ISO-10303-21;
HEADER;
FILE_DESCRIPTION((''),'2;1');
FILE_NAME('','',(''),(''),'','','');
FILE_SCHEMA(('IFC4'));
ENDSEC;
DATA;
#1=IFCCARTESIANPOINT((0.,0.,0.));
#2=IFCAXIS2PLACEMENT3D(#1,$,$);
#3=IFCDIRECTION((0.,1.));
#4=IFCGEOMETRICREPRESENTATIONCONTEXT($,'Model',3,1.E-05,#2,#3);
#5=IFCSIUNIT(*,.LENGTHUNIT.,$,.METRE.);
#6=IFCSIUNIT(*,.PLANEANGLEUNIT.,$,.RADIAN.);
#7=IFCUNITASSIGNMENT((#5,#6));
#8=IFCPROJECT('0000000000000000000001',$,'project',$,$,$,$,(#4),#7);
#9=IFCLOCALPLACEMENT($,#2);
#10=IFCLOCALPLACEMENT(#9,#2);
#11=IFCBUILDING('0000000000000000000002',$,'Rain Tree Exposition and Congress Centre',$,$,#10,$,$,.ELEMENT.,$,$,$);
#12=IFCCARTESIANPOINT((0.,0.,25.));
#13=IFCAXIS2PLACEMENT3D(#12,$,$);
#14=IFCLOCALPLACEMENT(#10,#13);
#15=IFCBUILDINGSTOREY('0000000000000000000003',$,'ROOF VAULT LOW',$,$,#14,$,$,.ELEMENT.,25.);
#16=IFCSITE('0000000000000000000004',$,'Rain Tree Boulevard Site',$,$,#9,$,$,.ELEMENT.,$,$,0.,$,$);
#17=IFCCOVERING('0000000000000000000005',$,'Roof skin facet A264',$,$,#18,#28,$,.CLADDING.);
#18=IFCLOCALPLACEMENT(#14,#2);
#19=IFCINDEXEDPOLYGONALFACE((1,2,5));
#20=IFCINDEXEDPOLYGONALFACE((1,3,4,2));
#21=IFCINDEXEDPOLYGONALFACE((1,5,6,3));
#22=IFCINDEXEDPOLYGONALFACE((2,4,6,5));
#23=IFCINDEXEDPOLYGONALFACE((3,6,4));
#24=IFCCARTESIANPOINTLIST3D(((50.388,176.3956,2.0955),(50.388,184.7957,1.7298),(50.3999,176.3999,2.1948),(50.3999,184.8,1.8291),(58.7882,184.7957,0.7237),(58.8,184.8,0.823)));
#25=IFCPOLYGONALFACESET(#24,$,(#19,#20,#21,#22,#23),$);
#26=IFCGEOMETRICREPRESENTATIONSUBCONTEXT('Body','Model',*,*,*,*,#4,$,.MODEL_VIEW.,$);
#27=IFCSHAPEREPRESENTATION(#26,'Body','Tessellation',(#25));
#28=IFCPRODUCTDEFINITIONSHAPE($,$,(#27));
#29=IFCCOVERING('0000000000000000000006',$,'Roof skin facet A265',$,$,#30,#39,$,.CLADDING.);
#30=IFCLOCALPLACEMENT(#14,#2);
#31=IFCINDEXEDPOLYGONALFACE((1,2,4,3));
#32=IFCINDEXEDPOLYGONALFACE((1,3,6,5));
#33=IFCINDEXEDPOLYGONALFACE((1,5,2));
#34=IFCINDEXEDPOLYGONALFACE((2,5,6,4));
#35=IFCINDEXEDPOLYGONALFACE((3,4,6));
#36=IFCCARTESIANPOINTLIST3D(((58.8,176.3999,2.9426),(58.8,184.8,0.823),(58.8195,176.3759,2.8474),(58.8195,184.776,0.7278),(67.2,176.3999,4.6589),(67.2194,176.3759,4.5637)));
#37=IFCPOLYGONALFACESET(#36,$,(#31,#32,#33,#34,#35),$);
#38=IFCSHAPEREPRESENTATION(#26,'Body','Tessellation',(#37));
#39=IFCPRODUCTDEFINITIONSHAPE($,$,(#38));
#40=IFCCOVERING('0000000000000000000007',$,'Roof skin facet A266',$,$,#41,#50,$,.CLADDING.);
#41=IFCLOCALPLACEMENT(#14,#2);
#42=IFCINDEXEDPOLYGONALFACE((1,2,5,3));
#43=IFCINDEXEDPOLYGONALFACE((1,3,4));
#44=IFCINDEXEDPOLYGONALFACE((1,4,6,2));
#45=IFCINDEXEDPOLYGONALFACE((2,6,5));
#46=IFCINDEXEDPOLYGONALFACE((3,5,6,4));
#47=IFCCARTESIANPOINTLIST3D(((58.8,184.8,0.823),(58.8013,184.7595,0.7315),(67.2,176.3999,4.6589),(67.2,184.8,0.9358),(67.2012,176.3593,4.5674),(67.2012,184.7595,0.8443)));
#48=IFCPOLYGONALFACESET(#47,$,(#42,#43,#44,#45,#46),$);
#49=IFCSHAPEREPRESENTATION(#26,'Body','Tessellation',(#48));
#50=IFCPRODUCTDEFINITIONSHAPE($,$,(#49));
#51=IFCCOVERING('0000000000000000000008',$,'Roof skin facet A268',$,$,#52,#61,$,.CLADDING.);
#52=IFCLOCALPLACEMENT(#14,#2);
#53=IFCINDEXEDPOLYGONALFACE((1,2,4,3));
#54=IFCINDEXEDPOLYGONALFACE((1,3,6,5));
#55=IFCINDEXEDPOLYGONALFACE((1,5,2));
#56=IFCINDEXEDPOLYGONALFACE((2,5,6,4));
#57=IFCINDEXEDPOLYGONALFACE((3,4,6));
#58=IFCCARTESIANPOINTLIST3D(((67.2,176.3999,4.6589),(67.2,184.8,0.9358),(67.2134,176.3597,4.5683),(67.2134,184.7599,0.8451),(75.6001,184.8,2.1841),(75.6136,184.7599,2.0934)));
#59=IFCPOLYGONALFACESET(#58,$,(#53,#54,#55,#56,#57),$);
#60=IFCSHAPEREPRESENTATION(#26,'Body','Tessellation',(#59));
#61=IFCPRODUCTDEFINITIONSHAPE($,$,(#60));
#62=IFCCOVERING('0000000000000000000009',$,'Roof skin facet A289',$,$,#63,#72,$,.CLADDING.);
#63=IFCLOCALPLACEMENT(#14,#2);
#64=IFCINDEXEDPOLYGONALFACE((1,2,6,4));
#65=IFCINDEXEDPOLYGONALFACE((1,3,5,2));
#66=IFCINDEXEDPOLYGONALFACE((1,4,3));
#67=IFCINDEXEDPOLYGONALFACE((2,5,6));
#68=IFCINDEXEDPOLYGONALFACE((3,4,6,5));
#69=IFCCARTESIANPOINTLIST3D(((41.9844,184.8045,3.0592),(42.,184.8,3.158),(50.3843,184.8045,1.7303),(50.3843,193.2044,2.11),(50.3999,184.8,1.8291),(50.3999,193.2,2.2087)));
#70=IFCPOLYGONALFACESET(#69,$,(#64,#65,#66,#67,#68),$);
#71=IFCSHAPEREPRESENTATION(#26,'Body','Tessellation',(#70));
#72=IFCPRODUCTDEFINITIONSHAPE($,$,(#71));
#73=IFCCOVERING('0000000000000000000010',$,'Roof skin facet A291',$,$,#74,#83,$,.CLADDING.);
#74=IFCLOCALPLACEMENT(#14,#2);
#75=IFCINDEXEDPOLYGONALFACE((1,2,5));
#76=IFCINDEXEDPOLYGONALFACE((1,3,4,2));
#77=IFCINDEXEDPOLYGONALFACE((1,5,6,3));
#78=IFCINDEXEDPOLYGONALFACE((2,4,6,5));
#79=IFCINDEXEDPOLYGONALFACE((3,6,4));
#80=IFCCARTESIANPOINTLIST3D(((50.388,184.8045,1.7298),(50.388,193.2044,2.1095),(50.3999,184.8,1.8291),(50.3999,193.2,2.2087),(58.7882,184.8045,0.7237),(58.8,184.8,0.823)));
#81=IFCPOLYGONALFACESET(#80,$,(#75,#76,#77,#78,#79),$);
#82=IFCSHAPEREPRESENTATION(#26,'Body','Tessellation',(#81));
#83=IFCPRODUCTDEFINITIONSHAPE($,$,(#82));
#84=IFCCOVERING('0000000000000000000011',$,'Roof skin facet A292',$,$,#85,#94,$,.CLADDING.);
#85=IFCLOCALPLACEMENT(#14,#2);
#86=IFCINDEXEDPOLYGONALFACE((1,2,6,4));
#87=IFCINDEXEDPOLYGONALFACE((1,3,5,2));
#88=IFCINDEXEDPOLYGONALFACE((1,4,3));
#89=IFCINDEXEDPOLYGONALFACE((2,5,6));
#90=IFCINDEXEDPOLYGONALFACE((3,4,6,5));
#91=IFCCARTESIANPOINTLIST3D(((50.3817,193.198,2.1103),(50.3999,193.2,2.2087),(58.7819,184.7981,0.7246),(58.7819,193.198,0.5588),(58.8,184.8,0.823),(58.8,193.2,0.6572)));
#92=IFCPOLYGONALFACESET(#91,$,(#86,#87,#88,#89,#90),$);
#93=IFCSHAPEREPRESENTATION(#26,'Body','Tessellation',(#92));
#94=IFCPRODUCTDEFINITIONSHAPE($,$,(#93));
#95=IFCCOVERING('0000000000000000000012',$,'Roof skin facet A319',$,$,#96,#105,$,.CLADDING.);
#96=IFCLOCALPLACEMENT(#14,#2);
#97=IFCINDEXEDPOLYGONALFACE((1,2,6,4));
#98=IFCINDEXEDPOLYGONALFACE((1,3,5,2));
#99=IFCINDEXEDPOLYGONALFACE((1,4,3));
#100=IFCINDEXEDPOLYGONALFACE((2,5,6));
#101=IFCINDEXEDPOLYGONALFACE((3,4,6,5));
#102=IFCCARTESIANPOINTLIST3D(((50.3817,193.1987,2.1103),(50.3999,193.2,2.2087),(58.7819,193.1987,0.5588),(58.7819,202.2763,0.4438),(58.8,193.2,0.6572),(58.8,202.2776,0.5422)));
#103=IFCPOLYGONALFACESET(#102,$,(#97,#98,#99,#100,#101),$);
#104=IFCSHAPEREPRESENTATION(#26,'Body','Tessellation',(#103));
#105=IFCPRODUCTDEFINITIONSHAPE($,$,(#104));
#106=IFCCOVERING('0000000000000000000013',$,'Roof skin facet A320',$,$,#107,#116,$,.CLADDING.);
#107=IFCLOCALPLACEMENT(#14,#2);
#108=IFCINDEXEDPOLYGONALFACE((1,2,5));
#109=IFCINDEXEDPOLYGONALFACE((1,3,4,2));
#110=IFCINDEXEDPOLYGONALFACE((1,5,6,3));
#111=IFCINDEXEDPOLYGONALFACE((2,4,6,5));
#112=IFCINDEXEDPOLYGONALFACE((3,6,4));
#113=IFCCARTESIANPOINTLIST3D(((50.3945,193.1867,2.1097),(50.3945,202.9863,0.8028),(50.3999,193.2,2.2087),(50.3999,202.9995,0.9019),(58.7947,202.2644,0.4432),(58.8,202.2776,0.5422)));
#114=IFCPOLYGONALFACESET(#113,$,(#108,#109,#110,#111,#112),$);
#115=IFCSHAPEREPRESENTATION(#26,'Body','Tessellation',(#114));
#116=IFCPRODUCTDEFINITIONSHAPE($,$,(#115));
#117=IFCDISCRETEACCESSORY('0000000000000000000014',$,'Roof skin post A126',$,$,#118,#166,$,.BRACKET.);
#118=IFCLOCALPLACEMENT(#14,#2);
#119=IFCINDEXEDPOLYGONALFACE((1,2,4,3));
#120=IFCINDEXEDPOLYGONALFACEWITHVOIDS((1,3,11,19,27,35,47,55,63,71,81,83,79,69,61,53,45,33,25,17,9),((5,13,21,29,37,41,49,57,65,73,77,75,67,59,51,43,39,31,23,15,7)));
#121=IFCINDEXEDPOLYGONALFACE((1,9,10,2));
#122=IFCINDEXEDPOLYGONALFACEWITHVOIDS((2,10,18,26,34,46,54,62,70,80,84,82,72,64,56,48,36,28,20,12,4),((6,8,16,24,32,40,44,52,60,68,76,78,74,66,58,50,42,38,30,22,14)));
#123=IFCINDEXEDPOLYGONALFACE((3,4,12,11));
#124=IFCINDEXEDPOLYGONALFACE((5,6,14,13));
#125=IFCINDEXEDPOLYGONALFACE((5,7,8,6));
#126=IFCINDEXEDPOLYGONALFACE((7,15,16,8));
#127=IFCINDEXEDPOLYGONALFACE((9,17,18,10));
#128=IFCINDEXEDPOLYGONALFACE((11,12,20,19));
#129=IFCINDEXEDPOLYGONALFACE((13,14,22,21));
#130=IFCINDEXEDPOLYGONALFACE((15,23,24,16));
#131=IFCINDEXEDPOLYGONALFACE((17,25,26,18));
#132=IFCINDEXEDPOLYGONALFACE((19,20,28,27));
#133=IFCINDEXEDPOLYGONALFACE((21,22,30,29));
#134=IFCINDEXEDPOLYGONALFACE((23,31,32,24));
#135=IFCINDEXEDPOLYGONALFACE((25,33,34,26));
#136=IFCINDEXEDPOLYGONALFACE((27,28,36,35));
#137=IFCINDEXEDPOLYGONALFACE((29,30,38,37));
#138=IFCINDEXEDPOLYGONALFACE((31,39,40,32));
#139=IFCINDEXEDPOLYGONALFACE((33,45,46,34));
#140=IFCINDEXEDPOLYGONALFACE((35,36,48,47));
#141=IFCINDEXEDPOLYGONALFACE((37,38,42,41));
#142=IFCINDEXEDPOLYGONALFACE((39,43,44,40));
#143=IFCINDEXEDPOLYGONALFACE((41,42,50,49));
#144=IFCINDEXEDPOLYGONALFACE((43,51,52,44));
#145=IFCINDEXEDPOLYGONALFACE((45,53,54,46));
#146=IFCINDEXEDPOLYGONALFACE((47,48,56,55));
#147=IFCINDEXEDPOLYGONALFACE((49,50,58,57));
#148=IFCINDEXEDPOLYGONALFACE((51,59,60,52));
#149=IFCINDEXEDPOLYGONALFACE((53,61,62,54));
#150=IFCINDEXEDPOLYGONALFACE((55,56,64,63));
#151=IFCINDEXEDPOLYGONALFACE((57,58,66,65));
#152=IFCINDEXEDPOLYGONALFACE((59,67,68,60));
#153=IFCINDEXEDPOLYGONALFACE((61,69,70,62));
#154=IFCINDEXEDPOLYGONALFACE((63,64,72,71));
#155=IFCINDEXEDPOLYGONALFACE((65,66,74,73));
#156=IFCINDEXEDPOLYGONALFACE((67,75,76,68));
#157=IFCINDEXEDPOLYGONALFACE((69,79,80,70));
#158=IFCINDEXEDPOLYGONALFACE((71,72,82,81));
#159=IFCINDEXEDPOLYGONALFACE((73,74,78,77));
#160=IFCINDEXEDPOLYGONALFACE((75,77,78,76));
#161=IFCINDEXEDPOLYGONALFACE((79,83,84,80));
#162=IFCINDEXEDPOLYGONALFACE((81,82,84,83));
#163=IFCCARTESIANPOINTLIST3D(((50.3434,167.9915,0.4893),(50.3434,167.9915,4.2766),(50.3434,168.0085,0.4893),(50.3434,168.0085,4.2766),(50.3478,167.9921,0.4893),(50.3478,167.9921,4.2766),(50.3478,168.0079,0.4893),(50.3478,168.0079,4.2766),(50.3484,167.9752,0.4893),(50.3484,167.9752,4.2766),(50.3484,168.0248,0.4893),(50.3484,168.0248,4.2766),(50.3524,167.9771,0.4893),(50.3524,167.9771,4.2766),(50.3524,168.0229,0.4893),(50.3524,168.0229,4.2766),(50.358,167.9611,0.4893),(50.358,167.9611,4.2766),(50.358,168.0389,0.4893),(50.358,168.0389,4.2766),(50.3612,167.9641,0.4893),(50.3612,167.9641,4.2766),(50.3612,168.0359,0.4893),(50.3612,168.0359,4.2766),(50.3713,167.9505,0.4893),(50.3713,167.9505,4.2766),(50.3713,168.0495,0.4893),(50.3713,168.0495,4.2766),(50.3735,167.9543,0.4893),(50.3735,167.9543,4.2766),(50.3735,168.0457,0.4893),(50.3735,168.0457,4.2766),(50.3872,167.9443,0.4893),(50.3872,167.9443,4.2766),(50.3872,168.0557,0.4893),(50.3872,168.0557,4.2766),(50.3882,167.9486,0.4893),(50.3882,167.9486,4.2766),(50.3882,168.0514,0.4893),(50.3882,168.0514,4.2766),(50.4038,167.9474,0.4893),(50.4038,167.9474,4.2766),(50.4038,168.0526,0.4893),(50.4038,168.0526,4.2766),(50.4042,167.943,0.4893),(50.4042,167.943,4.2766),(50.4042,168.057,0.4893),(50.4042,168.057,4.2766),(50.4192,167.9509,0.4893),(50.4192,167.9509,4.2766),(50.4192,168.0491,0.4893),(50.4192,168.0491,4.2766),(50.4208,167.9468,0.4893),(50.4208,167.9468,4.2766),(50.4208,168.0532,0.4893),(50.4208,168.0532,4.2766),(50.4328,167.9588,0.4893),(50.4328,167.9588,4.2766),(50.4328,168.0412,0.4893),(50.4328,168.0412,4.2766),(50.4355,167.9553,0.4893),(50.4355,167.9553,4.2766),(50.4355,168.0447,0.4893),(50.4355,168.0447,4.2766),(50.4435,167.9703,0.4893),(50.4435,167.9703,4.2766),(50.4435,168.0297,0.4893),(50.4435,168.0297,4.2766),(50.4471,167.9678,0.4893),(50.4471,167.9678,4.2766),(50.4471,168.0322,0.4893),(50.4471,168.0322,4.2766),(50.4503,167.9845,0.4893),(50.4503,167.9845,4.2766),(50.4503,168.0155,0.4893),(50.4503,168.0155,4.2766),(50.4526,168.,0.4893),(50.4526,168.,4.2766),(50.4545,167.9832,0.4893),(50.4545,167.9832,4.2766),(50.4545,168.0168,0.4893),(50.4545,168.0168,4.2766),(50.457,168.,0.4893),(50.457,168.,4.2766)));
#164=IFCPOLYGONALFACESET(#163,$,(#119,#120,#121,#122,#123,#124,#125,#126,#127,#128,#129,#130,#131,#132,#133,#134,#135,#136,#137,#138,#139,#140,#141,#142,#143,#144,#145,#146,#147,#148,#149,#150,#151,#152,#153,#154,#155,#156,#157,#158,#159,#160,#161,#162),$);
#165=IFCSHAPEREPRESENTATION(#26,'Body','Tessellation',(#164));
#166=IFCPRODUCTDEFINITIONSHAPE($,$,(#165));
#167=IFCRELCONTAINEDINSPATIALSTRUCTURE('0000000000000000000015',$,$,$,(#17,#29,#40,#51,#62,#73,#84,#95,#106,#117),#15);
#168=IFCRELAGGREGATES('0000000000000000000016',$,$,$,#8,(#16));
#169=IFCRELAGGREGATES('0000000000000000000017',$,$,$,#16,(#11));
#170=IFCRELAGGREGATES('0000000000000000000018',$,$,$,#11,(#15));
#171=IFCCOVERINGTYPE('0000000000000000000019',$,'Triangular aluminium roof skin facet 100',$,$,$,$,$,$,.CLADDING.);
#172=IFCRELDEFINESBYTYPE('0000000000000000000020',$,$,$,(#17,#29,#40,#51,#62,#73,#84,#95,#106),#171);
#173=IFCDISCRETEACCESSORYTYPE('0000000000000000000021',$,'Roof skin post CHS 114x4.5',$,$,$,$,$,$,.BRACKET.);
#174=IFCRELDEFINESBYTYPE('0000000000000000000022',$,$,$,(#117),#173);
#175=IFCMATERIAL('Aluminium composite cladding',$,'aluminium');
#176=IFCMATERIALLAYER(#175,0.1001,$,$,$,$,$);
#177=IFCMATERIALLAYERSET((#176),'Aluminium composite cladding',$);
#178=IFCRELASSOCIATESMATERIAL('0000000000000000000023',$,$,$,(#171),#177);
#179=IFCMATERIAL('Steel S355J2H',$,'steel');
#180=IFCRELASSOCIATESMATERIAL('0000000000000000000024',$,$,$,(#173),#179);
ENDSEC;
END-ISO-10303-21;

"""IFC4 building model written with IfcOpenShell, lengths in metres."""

from ifc_helpers import new_model, si_unit, direction, frame, origin, origin_2d, place, context, subcontext, project, spatial, polyline, hollow_circle, outline, extrude, material, layer, layer_set, material_profile, profile_set, type_object, element, save


model = new_model("IFC4")

# Units and contexts
model_context = context("Model", 3, precision=1e-05, world=origin(), true_north=direction((0.0, 1.0)))
body_context = subcontext(model_context, "Body", "Model", "MODEL_VIEW")
ifc_project = project(units=[si_unit("LENGTHUNIT", "METRE"), si_unit("PLANEANGLEUNIT", "RADIAN")], contexts=[model_context])

# Site, building, storey
site_placement = place(None, origin())
site = spatial("IfcSite", under=ifc_project, at=site_placement, Name="Rain Tree Boulevard Site", CompositionType="ELEMENT", RefElevation=0.0)
building_placement = place(site_placement, origin())
building = spatial("IfcBuilding", under=site, at=building_placement, Name="Rain Tree Exposition and Congress Centre", CompositionType="ELEMENT")
storey_placement = place(building_placement, frame((0.0, 0.0, 25.0)))
storey = spatial("IfcBuildingStorey", under=building, at=storey_placement, Name="ROOF VAULT LOW", CompositionType="ELEMENT", Elevation=25.0)

# Coverings
ifc_material_1 = material(Name="Aluminium composite cladding", Category="aluminium")
ifc_layer_1 = layer(ifc_material_1, 0.1001)
ifc_layer_set_1 = layer_set([ifc_layer_1], Name="Aluminium composite cladding")
covering_type = type_object("IfcCoveringType", Name="Triangular aluminium roof skin facet 100", PredefinedType="CLADDING", material=ifc_layer_set_1)
covering_1_placement = place(storey_placement, frame((50.3999, 176.3999, 2.1948), z_axis=(0.118811, 0.043188, 0.991977), x_axis=(0.702439, 0.702439, -0.114715)))
element("IfcCovering", 1, at=covering_1_placement, inside=storey, type_object=covering_type, Name="Roof skin facet A264", PredefinedType="CLADDING", context=body_context, shape_type="SweptSolid", body=[
    extrude(outline(polyline([(0.0, 0.0), (11.9585, 0.0), (5.9425, 5.9483), (0.0, 0.0)])), origin(), (0.0, 0.0, -1.0), 0.1001),
])
covering_2_placement = place(storey_placement, frame((58.8, 176.3999, 2.9426), z_axis=(-0.194338, 0.239999, 0.951122), x_axis=(0.979757, 0.0, 0.200189)))
element("IfcCovering", 2, at=covering_2_placement, inside=storey, type_object=covering_type, Name="Roof skin facet A265", PredefinedType="CLADDING", context=body_context, shape_type="SweptSolid", body=[
    extrude(outline(polyline([(0.0, 0.0), (8.5735, 0.0), (-0.4243, 8.653), (0.0, 0.0)])), origin(), (0.0, 0.0, -1.0), 0.1001),
])
covering_3_placement = place(storey_placement, frame((67.2, 176.3999, 4.6589), z_axis=(-0.012275, 0.405176, 0.914156), x_axis=(0.0, 0.914225, -0.405206)))
element("IfcCovering", 3, at=covering_3_placement, inside=storey, type_object=covering_type, Name="Roof skin facet A266", PredefinedType="CLADDING", context=body_context, shape_type="SweptSolid", body=[
    extrude(outline(polyline([(0.0, 0.0), (9.1883, 0.0), (9.234, 8.4005), (0.0, 0.0)])), origin(), (0.0, 0.0, -1.0), 0.1001),
])
covering_4_placement = place(storey_placement, frame((67.2, 176.3999, 4.6589), z_axis=(-0.13462, 0.401518, 0.905903), x_axis=(0.692244, 0.692244, -0.203949)))
element("IfcCovering", 4, at=covering_4_placement, inside=storey, type_object=covering_type, Name="Roof skin facet A268", PredefinedType="CLADDING", context=body_context, shape_type="SweptSolid", body=[
    extrude(outline(polyline([(0.0, 0.0), (12.1347, 0.0), (6.5743, 6.419), (0.0, 0.0)])), origin(), (0.0, 0.0, -1.0), 0.1001),
])
covering_5_placement = place(storey_placement, frame((42.0, 184.8, 3.158), z_axis=(0.1561, -0.044596, 0.986734), x_axis=(0.987717, 0.0, -0.156256)))
element("IfcCovering", 5, at=covering_5_placement, inside=storey, type_object=covering_type, Name="Roof skin facet A289", PredefinedType="CLADDING", context=body_context, shape_type="SweptSolid", body=[
    extrude(outline(polyline([(0.0, 0.0), (8.5044, 0.0), (8.445, 8.4083), (0.0, 0.0)])), origin(), (0.0, 0.0, -1.0), 0.1001),
])
covering_6_placement = place(storey_placement, frame((50.3999, 184.8, 1.8291), z_axis=(0.118803, -0.04483, 0.991905), x_axis=(0.992904, 0.0, -0.118922)))
element("IfcCovering", 6, at=covering_6_placement, inside=storey, type_object=covering_type, Name="Roof skin facet A291", PredefinedType="CLADDING", context=body_context, shape_type="SweptSolid", body=[
    extrude(outline(polyline([(0.0, 0.0), (8.4602, 0.0), (-0.0451, 8.4084), (0.0, 0.0)])), origin(), (0.0, 0.0, -1.0), 0.1001),
])
covering_7_placement = place(storey_placement, frame((58.8, 184.8, 0.823), z_axis=(0.181595, 0.019403, 0.983182), x_axis=(0.0, 0.999805, -0.019731)))
element("IfcCovering", 7, at=covering_7_placement, inside=storey, type_object=covering_type, Name="Roof skin facet A292", PredefinedType="CLADDING", context=body_context, shape_type="SweptSolid", body=[
    extrude(outline(polyline([(0.0, 0.0), (8.4015, 0.0), (8.3709, 8.5422), (0.0, 0.0)])), origin(), (0.0, 0.0, -1.0), 0.1001),
])
covering_8_placement = place(storey_placement, frame((50.3999, 193.2, 2.2087), z_axis=(0.181615, 0.012456, 0.983291), x_axis=(0.983367, 0.0, -0.181629)))
element("IfcCovering", 8, at=covering_8_placement, inside=storey, type_object=covering_type, Name="Roof skin facet A319", PredefinedType="CLADDING", context=body_context, shape_type="SweptSolid", body=[
    extrude(outline(polyline([(0.0, 0.0), (8.5422, 0.0), (8.5631, 9.0783), (0.0, 0.0)])), origin(), (0.0, 0.0, -1.0), 0.1001),
])
covering_9_placement = place(storey_placement, frame((50.3999, 193.2, 2.2087), z_axis=(0.053718, 0.132, 0.989793), x_axis=(0.673104, 0.727392, -0.133537)))
element("IfcCovering", 9, at=covering_9_placement, inside=storey, type_object=covering_type, Name="Roof skin facet A320", PredefinedType="CLADDING", context=body_context, shape_type="SweptSolid", body=[
    extrude(outline(polyline([(0.0, 0.0), (12.4797, 0.0), (7.3026, 6.6641), (0.0, 0.0)])), origin(), (0.0, 0.0, -1.0), 0.1001),
])

# Discrete accessory
ifc_material_2 = material(Name="Steel S355J2H", Category="steel")
ifc_material_profile_1 = material_profile(ifc_material_2, hollow_circle(Radius=0.0571, WallThickness=0.0044, at=origin_2d()), Name="CHS 114x4.5")
ifc_profile_set_1 = profile_set([ifc_material_profile_1], Name="Steel S355J2H")
discrete_accessory_type_1 = type_object("IfcDiscreteAccessoryType", Name="Roof skin post CHS 114x4.5", PredefinedType="BRACKET", material=ifc_profile_set_1)
discrete_accessory_1_placement = place(storey_placement, frame((50.3999, 168.0, 0.4893), z_axis=(0.0, 0.0, 1.0), x_axis=(1.0, 0.0, 0.0)))
element("IfcDiscreteAccessory", 10, at=discrete_accessory_1_placement, inside=storey, type_object=discrete_accessory_type_1, Name="Roof skin post A126", PredefinedType="BRACKET", context=body_context, shape_type="SweptSolid", body=[
    extrude(hollow_circle(Radius=0.0571, WallThickness=0.0044, at=origin_2d()), origin(), (0.0, 0.0, 1.0), 3.7874),
])

save(model, "model.ifc")
